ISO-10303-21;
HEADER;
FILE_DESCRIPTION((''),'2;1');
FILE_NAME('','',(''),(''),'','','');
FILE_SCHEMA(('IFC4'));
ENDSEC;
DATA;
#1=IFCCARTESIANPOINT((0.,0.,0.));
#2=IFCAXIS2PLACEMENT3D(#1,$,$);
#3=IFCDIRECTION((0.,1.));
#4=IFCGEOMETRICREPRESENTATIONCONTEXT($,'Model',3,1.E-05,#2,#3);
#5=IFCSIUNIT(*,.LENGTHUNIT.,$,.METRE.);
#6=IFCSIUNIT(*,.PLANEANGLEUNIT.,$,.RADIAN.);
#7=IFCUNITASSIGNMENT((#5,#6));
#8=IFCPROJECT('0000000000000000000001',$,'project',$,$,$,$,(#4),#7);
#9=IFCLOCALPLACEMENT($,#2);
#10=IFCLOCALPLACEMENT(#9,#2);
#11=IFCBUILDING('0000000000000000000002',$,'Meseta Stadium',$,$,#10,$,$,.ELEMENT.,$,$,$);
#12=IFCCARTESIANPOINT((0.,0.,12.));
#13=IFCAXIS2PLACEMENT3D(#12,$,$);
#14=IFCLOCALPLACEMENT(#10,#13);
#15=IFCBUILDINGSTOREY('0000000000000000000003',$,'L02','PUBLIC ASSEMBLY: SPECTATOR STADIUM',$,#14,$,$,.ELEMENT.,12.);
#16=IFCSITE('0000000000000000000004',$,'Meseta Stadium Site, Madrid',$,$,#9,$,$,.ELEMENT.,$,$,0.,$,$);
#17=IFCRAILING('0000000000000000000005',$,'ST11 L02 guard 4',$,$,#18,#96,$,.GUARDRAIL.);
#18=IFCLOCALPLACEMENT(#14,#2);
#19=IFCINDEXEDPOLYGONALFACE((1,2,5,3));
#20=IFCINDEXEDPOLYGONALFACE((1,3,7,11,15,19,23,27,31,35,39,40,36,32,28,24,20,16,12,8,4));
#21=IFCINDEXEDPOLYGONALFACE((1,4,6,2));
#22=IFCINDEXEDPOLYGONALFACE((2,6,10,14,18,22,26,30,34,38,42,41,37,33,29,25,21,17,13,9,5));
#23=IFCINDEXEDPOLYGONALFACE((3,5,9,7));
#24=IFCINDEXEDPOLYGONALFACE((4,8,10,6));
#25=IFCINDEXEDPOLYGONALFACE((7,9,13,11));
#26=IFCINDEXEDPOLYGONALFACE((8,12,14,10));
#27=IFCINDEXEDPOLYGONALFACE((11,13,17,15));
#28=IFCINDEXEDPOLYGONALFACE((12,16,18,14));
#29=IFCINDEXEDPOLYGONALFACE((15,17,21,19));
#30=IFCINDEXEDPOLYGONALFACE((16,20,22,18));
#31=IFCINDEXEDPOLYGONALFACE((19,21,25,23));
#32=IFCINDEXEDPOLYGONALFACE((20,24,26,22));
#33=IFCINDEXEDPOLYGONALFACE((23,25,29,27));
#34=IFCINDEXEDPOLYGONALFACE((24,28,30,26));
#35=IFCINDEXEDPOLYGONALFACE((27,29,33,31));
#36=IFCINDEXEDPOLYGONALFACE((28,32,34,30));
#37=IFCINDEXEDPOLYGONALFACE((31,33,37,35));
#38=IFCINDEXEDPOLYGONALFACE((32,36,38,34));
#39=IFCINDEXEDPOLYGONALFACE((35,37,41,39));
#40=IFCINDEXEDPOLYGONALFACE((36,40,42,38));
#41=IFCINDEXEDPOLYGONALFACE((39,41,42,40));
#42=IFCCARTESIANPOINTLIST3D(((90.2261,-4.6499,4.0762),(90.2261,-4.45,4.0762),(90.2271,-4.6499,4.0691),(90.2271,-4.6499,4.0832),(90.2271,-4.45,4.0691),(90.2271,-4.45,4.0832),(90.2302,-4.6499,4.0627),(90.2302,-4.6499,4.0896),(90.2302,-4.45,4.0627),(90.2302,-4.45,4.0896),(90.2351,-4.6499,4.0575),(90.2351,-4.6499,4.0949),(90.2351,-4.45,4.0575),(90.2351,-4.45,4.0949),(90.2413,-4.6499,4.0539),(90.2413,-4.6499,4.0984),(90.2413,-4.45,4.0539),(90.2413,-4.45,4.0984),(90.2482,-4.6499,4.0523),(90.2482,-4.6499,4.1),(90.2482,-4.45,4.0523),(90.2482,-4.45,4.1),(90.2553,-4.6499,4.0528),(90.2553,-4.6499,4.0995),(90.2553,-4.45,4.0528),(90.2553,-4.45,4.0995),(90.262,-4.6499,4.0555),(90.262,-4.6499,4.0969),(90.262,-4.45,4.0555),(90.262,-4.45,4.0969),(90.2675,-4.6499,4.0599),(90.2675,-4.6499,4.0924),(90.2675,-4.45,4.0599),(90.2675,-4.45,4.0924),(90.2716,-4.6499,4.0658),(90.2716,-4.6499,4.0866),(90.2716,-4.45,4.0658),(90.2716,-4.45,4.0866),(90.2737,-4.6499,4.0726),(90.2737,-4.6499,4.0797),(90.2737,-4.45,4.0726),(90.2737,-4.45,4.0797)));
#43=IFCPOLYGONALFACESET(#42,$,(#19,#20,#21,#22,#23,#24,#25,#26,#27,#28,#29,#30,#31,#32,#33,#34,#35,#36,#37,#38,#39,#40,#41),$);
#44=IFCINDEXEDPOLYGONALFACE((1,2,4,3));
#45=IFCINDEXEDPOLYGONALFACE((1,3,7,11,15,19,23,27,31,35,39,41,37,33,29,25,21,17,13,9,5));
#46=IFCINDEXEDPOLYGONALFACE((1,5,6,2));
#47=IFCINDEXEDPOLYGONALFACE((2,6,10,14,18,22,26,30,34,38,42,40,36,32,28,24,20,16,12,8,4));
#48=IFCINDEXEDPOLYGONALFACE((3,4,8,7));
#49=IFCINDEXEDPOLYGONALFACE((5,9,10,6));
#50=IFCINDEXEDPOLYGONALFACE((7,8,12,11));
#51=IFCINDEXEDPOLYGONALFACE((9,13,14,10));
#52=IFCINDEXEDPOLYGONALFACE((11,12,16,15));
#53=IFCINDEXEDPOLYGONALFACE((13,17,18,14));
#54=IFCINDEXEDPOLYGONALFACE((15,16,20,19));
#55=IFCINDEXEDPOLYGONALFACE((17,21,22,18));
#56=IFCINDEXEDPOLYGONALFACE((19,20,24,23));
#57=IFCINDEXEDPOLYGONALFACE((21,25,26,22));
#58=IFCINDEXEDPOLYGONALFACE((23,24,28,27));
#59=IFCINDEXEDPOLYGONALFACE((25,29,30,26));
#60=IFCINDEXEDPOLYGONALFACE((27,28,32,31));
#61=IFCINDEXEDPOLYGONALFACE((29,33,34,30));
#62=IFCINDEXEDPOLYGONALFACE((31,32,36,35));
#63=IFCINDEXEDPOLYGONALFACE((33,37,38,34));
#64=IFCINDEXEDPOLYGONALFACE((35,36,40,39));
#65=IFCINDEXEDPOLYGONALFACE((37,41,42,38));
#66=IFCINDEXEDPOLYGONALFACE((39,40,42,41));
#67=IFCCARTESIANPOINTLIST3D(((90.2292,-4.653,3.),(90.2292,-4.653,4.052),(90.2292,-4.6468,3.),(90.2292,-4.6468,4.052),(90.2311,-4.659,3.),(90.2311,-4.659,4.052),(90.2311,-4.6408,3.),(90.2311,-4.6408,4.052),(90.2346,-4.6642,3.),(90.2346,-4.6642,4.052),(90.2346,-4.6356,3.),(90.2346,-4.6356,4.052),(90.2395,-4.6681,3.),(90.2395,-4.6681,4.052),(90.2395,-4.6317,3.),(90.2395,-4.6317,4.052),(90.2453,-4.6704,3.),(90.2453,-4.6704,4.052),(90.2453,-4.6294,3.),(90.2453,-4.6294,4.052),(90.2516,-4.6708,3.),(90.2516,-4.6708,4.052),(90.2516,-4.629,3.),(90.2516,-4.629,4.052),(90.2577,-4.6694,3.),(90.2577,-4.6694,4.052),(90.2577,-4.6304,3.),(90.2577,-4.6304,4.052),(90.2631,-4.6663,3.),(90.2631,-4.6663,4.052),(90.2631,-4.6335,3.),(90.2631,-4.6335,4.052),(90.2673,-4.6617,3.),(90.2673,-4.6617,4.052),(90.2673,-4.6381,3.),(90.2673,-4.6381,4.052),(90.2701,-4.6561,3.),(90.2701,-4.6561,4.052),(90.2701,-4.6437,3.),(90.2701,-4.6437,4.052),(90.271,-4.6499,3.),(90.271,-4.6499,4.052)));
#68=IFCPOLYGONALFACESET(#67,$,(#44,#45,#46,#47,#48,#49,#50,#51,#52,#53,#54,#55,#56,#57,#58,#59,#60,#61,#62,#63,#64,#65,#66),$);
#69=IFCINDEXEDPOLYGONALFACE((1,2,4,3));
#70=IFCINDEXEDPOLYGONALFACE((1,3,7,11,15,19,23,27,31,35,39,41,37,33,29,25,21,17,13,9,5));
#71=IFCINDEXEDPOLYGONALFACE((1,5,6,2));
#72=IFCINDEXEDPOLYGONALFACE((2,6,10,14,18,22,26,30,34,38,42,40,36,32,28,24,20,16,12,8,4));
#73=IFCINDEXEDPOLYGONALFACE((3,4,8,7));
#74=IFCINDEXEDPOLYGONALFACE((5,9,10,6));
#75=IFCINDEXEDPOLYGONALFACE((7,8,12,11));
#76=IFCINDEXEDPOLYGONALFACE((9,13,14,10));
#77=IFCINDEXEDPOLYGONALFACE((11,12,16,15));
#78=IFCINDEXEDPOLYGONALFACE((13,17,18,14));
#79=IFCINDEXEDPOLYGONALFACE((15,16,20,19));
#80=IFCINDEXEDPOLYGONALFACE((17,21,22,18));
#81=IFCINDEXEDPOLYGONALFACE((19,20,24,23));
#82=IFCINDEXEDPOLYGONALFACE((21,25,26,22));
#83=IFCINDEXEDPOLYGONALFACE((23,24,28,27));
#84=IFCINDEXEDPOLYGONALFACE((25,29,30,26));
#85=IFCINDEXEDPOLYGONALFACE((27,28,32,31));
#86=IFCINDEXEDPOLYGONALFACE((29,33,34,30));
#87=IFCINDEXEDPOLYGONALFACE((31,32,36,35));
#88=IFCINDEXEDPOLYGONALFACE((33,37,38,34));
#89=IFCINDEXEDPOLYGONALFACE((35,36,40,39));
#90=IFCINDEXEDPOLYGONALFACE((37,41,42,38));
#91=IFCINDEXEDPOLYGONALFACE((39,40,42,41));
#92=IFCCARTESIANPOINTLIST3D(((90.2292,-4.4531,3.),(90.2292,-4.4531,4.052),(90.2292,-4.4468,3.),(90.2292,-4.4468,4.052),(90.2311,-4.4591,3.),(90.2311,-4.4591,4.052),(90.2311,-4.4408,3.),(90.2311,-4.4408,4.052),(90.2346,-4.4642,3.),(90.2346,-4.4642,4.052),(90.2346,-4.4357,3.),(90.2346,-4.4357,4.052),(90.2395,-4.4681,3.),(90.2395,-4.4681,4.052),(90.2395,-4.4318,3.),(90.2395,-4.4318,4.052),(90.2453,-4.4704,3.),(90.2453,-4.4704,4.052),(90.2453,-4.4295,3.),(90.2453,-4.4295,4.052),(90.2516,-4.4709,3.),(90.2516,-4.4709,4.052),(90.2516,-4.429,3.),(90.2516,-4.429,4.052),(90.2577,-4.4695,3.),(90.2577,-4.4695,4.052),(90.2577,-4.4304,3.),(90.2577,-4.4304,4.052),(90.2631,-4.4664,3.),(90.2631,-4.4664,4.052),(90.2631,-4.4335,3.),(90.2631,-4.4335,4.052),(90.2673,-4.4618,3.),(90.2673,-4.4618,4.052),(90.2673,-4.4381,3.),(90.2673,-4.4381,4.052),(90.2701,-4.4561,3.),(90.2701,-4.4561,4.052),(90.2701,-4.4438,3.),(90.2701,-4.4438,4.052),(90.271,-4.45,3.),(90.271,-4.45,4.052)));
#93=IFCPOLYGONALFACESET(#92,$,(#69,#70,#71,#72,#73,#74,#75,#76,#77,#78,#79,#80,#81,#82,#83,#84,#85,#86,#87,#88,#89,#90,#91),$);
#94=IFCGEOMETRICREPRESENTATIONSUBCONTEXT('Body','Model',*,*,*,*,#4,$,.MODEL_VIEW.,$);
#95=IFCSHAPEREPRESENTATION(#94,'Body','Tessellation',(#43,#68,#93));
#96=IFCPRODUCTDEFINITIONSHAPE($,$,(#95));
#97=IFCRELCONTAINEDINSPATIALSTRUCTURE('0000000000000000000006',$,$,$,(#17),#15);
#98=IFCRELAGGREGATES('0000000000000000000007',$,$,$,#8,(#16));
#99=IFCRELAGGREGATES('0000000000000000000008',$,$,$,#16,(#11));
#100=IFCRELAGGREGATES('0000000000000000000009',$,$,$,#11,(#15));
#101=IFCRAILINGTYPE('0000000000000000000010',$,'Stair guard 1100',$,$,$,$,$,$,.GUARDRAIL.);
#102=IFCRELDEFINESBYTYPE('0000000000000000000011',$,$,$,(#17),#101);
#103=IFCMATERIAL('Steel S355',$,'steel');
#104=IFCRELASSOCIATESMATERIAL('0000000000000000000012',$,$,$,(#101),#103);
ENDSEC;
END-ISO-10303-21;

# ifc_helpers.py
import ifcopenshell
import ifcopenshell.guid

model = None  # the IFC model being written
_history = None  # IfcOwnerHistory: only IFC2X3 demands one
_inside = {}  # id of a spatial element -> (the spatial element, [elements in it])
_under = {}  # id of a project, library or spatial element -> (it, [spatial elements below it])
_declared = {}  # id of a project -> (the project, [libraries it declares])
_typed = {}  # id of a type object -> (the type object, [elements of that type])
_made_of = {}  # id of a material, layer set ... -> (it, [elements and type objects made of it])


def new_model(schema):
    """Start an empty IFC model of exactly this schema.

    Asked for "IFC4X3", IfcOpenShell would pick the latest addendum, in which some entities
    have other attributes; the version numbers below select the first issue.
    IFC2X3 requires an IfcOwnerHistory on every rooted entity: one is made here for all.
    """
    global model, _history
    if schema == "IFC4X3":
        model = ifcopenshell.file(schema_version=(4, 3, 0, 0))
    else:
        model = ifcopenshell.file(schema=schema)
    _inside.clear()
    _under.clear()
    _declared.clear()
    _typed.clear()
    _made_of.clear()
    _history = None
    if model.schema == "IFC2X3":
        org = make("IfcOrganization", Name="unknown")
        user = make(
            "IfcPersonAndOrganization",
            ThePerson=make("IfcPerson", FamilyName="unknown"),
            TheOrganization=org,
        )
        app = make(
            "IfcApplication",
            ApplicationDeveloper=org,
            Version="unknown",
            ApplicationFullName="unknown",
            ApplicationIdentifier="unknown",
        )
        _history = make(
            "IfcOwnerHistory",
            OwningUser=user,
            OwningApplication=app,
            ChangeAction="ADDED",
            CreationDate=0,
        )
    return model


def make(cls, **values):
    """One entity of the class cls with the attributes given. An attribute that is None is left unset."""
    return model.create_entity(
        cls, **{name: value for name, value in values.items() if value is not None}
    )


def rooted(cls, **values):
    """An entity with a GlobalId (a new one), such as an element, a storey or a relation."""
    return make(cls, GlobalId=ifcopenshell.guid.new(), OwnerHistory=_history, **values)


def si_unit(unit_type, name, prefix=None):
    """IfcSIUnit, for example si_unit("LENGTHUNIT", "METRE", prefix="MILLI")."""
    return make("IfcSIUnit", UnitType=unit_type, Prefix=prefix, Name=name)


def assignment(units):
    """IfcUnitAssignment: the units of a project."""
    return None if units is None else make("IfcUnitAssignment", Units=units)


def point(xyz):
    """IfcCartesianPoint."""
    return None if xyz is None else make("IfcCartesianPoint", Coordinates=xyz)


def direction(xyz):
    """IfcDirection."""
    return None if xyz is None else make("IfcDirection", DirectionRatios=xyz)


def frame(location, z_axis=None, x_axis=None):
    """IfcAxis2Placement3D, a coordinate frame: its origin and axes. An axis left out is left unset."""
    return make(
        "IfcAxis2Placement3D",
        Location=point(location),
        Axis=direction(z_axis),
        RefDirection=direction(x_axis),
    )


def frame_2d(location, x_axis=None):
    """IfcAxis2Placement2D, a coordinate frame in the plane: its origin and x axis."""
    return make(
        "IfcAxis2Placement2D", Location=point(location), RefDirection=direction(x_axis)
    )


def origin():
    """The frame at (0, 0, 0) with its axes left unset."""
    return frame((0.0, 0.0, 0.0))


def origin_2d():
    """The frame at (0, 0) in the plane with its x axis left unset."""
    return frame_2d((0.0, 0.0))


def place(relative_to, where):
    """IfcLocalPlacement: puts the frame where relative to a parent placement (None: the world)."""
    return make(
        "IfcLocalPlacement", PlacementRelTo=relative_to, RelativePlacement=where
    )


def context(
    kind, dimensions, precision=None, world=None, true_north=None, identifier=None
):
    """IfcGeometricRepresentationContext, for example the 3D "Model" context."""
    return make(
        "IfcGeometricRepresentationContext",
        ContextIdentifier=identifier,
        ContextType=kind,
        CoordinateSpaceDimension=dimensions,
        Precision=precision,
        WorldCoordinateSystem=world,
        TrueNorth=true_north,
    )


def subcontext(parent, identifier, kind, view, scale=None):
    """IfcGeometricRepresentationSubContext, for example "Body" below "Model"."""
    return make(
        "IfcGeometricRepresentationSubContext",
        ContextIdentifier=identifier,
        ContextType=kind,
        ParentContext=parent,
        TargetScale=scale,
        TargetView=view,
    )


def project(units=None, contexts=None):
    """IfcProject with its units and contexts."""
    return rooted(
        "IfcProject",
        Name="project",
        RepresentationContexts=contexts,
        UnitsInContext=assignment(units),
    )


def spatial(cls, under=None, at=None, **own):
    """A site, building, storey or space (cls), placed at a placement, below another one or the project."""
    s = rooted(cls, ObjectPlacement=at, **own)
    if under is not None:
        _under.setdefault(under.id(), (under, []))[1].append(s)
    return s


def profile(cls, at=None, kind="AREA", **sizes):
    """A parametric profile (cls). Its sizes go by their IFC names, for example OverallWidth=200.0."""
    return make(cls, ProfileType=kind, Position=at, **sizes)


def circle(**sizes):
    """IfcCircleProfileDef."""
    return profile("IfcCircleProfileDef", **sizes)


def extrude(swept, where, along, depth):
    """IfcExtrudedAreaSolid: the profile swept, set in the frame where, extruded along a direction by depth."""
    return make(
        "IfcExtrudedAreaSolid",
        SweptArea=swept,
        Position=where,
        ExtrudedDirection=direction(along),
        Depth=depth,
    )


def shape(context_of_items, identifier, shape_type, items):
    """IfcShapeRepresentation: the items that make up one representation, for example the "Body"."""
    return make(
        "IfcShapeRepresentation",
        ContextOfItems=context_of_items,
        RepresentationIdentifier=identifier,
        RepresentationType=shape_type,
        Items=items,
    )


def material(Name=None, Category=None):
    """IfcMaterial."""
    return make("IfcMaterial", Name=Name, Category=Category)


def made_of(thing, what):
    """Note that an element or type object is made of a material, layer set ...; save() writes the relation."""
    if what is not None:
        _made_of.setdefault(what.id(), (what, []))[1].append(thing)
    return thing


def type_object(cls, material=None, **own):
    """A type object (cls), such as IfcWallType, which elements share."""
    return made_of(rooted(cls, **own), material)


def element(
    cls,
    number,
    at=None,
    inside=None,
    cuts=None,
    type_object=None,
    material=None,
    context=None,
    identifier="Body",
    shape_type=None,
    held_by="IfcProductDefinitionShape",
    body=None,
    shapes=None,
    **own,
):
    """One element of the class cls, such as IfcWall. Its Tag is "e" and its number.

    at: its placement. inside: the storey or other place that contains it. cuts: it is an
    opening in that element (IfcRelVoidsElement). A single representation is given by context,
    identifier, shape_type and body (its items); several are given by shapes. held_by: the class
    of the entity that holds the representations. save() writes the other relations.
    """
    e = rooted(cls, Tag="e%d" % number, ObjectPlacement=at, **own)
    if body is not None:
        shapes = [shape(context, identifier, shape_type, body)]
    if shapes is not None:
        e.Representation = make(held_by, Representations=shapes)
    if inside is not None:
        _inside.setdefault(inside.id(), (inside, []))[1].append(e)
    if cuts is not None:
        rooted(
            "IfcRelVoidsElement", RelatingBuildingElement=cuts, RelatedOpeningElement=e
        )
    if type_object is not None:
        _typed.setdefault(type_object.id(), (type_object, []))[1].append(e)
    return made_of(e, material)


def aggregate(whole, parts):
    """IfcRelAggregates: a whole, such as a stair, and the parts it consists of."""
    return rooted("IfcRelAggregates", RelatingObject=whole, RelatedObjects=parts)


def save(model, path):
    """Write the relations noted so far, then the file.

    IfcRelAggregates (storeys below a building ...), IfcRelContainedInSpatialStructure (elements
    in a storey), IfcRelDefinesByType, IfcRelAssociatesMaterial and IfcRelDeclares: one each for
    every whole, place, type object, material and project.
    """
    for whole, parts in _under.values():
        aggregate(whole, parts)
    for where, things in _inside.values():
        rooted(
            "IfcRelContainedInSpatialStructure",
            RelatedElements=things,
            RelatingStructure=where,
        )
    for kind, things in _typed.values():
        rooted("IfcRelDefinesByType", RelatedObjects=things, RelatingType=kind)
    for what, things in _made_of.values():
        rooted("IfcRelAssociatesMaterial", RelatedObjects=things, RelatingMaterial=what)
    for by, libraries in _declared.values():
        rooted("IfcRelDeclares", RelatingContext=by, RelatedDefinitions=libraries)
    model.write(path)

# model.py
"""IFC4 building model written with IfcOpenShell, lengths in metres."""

from ifc_helpers import new_model, si_unit, direction, frame, origin, origin_2d, place, context, subcontext, project, spatial, circle, extrude, material, type_object, element, save


model = new_model("IFC4")

# Units and contexts
model_context = context("Model", 3, precision=1e-05, world=origin(), true_north=direction((0.0, 1.0)))
body_context = subcontext(model_context, "Body", "Model", "MODEL_VIEW")
ifc_project = project(units=[si_unit("LENGTHUNIT", "METRE"), si_unit("PLANEANGLEUNIT", "RADIAN")], contexts=[model_context])

# Site, building, storey
site_placement = place(None, origin())
site = spatial("IfcSite", under=ifc_project, at=site_placement, Name="Meseta Stadium Site, Madrid", CompositionType="ELEMENT", RefElevation=0.0)
building_placement = place(site_placement, origin())
building = spatial("IfcBuilding", under=site, at=building_placement, Name="Meseta Stadium", CompositionType="ELEMENT")
storey_placement = place(building_placement, frame((0.0, 0.0, 12.0)))
storey = spatial("IfcBuildingStorey", under=building, at=storey_placement, Name="L02", Description="PUBLIC ASSEMBLY: SPECTATOR STADIUM", CompositionType="ELEMENT", Elevation=12.0)

# Railing
ifc_material_1 = material(Name="Steel S355", Category="steel")
railing_type_1 = type_object("IfcRailingType", Name="Stair guard 1100", PredefinedType="GUARDRAIL", material=ifc_material_1)
railing_1_placement = place(storey_placement, frame((90.25, -4.6499, 3.0)))
element("IfcRailing", 1, at=railing_1_placement, inside=storey, type_object=railing_type_1, Name="ST11 L02 guard 4", PredefinedType="GUARDRAIL", context=body_context, shape_type="SweptSolid", body=[
    extrude(circle(Radius=0.0239, at=origin_2d()), frame((0.0, 0.0, 1.0762), z_axis=(0.0, 1.0, 0.0), x_axis=(-1.0, 0.0, 0.0)), (0.0, 0.0, 1.0), 0.2),
    extrude(circle(Radius=0.021, at=origin_2d()), origin(), (0.0, 0.0, 1.0), 1.052),
    extrude(circle(Radius=0.021, at=origin_2d()), frame((0.0, 0.2, 0.0)), (0.0, 0.0, 1.0), 1.052),
])

save(model, "model.ifc")
